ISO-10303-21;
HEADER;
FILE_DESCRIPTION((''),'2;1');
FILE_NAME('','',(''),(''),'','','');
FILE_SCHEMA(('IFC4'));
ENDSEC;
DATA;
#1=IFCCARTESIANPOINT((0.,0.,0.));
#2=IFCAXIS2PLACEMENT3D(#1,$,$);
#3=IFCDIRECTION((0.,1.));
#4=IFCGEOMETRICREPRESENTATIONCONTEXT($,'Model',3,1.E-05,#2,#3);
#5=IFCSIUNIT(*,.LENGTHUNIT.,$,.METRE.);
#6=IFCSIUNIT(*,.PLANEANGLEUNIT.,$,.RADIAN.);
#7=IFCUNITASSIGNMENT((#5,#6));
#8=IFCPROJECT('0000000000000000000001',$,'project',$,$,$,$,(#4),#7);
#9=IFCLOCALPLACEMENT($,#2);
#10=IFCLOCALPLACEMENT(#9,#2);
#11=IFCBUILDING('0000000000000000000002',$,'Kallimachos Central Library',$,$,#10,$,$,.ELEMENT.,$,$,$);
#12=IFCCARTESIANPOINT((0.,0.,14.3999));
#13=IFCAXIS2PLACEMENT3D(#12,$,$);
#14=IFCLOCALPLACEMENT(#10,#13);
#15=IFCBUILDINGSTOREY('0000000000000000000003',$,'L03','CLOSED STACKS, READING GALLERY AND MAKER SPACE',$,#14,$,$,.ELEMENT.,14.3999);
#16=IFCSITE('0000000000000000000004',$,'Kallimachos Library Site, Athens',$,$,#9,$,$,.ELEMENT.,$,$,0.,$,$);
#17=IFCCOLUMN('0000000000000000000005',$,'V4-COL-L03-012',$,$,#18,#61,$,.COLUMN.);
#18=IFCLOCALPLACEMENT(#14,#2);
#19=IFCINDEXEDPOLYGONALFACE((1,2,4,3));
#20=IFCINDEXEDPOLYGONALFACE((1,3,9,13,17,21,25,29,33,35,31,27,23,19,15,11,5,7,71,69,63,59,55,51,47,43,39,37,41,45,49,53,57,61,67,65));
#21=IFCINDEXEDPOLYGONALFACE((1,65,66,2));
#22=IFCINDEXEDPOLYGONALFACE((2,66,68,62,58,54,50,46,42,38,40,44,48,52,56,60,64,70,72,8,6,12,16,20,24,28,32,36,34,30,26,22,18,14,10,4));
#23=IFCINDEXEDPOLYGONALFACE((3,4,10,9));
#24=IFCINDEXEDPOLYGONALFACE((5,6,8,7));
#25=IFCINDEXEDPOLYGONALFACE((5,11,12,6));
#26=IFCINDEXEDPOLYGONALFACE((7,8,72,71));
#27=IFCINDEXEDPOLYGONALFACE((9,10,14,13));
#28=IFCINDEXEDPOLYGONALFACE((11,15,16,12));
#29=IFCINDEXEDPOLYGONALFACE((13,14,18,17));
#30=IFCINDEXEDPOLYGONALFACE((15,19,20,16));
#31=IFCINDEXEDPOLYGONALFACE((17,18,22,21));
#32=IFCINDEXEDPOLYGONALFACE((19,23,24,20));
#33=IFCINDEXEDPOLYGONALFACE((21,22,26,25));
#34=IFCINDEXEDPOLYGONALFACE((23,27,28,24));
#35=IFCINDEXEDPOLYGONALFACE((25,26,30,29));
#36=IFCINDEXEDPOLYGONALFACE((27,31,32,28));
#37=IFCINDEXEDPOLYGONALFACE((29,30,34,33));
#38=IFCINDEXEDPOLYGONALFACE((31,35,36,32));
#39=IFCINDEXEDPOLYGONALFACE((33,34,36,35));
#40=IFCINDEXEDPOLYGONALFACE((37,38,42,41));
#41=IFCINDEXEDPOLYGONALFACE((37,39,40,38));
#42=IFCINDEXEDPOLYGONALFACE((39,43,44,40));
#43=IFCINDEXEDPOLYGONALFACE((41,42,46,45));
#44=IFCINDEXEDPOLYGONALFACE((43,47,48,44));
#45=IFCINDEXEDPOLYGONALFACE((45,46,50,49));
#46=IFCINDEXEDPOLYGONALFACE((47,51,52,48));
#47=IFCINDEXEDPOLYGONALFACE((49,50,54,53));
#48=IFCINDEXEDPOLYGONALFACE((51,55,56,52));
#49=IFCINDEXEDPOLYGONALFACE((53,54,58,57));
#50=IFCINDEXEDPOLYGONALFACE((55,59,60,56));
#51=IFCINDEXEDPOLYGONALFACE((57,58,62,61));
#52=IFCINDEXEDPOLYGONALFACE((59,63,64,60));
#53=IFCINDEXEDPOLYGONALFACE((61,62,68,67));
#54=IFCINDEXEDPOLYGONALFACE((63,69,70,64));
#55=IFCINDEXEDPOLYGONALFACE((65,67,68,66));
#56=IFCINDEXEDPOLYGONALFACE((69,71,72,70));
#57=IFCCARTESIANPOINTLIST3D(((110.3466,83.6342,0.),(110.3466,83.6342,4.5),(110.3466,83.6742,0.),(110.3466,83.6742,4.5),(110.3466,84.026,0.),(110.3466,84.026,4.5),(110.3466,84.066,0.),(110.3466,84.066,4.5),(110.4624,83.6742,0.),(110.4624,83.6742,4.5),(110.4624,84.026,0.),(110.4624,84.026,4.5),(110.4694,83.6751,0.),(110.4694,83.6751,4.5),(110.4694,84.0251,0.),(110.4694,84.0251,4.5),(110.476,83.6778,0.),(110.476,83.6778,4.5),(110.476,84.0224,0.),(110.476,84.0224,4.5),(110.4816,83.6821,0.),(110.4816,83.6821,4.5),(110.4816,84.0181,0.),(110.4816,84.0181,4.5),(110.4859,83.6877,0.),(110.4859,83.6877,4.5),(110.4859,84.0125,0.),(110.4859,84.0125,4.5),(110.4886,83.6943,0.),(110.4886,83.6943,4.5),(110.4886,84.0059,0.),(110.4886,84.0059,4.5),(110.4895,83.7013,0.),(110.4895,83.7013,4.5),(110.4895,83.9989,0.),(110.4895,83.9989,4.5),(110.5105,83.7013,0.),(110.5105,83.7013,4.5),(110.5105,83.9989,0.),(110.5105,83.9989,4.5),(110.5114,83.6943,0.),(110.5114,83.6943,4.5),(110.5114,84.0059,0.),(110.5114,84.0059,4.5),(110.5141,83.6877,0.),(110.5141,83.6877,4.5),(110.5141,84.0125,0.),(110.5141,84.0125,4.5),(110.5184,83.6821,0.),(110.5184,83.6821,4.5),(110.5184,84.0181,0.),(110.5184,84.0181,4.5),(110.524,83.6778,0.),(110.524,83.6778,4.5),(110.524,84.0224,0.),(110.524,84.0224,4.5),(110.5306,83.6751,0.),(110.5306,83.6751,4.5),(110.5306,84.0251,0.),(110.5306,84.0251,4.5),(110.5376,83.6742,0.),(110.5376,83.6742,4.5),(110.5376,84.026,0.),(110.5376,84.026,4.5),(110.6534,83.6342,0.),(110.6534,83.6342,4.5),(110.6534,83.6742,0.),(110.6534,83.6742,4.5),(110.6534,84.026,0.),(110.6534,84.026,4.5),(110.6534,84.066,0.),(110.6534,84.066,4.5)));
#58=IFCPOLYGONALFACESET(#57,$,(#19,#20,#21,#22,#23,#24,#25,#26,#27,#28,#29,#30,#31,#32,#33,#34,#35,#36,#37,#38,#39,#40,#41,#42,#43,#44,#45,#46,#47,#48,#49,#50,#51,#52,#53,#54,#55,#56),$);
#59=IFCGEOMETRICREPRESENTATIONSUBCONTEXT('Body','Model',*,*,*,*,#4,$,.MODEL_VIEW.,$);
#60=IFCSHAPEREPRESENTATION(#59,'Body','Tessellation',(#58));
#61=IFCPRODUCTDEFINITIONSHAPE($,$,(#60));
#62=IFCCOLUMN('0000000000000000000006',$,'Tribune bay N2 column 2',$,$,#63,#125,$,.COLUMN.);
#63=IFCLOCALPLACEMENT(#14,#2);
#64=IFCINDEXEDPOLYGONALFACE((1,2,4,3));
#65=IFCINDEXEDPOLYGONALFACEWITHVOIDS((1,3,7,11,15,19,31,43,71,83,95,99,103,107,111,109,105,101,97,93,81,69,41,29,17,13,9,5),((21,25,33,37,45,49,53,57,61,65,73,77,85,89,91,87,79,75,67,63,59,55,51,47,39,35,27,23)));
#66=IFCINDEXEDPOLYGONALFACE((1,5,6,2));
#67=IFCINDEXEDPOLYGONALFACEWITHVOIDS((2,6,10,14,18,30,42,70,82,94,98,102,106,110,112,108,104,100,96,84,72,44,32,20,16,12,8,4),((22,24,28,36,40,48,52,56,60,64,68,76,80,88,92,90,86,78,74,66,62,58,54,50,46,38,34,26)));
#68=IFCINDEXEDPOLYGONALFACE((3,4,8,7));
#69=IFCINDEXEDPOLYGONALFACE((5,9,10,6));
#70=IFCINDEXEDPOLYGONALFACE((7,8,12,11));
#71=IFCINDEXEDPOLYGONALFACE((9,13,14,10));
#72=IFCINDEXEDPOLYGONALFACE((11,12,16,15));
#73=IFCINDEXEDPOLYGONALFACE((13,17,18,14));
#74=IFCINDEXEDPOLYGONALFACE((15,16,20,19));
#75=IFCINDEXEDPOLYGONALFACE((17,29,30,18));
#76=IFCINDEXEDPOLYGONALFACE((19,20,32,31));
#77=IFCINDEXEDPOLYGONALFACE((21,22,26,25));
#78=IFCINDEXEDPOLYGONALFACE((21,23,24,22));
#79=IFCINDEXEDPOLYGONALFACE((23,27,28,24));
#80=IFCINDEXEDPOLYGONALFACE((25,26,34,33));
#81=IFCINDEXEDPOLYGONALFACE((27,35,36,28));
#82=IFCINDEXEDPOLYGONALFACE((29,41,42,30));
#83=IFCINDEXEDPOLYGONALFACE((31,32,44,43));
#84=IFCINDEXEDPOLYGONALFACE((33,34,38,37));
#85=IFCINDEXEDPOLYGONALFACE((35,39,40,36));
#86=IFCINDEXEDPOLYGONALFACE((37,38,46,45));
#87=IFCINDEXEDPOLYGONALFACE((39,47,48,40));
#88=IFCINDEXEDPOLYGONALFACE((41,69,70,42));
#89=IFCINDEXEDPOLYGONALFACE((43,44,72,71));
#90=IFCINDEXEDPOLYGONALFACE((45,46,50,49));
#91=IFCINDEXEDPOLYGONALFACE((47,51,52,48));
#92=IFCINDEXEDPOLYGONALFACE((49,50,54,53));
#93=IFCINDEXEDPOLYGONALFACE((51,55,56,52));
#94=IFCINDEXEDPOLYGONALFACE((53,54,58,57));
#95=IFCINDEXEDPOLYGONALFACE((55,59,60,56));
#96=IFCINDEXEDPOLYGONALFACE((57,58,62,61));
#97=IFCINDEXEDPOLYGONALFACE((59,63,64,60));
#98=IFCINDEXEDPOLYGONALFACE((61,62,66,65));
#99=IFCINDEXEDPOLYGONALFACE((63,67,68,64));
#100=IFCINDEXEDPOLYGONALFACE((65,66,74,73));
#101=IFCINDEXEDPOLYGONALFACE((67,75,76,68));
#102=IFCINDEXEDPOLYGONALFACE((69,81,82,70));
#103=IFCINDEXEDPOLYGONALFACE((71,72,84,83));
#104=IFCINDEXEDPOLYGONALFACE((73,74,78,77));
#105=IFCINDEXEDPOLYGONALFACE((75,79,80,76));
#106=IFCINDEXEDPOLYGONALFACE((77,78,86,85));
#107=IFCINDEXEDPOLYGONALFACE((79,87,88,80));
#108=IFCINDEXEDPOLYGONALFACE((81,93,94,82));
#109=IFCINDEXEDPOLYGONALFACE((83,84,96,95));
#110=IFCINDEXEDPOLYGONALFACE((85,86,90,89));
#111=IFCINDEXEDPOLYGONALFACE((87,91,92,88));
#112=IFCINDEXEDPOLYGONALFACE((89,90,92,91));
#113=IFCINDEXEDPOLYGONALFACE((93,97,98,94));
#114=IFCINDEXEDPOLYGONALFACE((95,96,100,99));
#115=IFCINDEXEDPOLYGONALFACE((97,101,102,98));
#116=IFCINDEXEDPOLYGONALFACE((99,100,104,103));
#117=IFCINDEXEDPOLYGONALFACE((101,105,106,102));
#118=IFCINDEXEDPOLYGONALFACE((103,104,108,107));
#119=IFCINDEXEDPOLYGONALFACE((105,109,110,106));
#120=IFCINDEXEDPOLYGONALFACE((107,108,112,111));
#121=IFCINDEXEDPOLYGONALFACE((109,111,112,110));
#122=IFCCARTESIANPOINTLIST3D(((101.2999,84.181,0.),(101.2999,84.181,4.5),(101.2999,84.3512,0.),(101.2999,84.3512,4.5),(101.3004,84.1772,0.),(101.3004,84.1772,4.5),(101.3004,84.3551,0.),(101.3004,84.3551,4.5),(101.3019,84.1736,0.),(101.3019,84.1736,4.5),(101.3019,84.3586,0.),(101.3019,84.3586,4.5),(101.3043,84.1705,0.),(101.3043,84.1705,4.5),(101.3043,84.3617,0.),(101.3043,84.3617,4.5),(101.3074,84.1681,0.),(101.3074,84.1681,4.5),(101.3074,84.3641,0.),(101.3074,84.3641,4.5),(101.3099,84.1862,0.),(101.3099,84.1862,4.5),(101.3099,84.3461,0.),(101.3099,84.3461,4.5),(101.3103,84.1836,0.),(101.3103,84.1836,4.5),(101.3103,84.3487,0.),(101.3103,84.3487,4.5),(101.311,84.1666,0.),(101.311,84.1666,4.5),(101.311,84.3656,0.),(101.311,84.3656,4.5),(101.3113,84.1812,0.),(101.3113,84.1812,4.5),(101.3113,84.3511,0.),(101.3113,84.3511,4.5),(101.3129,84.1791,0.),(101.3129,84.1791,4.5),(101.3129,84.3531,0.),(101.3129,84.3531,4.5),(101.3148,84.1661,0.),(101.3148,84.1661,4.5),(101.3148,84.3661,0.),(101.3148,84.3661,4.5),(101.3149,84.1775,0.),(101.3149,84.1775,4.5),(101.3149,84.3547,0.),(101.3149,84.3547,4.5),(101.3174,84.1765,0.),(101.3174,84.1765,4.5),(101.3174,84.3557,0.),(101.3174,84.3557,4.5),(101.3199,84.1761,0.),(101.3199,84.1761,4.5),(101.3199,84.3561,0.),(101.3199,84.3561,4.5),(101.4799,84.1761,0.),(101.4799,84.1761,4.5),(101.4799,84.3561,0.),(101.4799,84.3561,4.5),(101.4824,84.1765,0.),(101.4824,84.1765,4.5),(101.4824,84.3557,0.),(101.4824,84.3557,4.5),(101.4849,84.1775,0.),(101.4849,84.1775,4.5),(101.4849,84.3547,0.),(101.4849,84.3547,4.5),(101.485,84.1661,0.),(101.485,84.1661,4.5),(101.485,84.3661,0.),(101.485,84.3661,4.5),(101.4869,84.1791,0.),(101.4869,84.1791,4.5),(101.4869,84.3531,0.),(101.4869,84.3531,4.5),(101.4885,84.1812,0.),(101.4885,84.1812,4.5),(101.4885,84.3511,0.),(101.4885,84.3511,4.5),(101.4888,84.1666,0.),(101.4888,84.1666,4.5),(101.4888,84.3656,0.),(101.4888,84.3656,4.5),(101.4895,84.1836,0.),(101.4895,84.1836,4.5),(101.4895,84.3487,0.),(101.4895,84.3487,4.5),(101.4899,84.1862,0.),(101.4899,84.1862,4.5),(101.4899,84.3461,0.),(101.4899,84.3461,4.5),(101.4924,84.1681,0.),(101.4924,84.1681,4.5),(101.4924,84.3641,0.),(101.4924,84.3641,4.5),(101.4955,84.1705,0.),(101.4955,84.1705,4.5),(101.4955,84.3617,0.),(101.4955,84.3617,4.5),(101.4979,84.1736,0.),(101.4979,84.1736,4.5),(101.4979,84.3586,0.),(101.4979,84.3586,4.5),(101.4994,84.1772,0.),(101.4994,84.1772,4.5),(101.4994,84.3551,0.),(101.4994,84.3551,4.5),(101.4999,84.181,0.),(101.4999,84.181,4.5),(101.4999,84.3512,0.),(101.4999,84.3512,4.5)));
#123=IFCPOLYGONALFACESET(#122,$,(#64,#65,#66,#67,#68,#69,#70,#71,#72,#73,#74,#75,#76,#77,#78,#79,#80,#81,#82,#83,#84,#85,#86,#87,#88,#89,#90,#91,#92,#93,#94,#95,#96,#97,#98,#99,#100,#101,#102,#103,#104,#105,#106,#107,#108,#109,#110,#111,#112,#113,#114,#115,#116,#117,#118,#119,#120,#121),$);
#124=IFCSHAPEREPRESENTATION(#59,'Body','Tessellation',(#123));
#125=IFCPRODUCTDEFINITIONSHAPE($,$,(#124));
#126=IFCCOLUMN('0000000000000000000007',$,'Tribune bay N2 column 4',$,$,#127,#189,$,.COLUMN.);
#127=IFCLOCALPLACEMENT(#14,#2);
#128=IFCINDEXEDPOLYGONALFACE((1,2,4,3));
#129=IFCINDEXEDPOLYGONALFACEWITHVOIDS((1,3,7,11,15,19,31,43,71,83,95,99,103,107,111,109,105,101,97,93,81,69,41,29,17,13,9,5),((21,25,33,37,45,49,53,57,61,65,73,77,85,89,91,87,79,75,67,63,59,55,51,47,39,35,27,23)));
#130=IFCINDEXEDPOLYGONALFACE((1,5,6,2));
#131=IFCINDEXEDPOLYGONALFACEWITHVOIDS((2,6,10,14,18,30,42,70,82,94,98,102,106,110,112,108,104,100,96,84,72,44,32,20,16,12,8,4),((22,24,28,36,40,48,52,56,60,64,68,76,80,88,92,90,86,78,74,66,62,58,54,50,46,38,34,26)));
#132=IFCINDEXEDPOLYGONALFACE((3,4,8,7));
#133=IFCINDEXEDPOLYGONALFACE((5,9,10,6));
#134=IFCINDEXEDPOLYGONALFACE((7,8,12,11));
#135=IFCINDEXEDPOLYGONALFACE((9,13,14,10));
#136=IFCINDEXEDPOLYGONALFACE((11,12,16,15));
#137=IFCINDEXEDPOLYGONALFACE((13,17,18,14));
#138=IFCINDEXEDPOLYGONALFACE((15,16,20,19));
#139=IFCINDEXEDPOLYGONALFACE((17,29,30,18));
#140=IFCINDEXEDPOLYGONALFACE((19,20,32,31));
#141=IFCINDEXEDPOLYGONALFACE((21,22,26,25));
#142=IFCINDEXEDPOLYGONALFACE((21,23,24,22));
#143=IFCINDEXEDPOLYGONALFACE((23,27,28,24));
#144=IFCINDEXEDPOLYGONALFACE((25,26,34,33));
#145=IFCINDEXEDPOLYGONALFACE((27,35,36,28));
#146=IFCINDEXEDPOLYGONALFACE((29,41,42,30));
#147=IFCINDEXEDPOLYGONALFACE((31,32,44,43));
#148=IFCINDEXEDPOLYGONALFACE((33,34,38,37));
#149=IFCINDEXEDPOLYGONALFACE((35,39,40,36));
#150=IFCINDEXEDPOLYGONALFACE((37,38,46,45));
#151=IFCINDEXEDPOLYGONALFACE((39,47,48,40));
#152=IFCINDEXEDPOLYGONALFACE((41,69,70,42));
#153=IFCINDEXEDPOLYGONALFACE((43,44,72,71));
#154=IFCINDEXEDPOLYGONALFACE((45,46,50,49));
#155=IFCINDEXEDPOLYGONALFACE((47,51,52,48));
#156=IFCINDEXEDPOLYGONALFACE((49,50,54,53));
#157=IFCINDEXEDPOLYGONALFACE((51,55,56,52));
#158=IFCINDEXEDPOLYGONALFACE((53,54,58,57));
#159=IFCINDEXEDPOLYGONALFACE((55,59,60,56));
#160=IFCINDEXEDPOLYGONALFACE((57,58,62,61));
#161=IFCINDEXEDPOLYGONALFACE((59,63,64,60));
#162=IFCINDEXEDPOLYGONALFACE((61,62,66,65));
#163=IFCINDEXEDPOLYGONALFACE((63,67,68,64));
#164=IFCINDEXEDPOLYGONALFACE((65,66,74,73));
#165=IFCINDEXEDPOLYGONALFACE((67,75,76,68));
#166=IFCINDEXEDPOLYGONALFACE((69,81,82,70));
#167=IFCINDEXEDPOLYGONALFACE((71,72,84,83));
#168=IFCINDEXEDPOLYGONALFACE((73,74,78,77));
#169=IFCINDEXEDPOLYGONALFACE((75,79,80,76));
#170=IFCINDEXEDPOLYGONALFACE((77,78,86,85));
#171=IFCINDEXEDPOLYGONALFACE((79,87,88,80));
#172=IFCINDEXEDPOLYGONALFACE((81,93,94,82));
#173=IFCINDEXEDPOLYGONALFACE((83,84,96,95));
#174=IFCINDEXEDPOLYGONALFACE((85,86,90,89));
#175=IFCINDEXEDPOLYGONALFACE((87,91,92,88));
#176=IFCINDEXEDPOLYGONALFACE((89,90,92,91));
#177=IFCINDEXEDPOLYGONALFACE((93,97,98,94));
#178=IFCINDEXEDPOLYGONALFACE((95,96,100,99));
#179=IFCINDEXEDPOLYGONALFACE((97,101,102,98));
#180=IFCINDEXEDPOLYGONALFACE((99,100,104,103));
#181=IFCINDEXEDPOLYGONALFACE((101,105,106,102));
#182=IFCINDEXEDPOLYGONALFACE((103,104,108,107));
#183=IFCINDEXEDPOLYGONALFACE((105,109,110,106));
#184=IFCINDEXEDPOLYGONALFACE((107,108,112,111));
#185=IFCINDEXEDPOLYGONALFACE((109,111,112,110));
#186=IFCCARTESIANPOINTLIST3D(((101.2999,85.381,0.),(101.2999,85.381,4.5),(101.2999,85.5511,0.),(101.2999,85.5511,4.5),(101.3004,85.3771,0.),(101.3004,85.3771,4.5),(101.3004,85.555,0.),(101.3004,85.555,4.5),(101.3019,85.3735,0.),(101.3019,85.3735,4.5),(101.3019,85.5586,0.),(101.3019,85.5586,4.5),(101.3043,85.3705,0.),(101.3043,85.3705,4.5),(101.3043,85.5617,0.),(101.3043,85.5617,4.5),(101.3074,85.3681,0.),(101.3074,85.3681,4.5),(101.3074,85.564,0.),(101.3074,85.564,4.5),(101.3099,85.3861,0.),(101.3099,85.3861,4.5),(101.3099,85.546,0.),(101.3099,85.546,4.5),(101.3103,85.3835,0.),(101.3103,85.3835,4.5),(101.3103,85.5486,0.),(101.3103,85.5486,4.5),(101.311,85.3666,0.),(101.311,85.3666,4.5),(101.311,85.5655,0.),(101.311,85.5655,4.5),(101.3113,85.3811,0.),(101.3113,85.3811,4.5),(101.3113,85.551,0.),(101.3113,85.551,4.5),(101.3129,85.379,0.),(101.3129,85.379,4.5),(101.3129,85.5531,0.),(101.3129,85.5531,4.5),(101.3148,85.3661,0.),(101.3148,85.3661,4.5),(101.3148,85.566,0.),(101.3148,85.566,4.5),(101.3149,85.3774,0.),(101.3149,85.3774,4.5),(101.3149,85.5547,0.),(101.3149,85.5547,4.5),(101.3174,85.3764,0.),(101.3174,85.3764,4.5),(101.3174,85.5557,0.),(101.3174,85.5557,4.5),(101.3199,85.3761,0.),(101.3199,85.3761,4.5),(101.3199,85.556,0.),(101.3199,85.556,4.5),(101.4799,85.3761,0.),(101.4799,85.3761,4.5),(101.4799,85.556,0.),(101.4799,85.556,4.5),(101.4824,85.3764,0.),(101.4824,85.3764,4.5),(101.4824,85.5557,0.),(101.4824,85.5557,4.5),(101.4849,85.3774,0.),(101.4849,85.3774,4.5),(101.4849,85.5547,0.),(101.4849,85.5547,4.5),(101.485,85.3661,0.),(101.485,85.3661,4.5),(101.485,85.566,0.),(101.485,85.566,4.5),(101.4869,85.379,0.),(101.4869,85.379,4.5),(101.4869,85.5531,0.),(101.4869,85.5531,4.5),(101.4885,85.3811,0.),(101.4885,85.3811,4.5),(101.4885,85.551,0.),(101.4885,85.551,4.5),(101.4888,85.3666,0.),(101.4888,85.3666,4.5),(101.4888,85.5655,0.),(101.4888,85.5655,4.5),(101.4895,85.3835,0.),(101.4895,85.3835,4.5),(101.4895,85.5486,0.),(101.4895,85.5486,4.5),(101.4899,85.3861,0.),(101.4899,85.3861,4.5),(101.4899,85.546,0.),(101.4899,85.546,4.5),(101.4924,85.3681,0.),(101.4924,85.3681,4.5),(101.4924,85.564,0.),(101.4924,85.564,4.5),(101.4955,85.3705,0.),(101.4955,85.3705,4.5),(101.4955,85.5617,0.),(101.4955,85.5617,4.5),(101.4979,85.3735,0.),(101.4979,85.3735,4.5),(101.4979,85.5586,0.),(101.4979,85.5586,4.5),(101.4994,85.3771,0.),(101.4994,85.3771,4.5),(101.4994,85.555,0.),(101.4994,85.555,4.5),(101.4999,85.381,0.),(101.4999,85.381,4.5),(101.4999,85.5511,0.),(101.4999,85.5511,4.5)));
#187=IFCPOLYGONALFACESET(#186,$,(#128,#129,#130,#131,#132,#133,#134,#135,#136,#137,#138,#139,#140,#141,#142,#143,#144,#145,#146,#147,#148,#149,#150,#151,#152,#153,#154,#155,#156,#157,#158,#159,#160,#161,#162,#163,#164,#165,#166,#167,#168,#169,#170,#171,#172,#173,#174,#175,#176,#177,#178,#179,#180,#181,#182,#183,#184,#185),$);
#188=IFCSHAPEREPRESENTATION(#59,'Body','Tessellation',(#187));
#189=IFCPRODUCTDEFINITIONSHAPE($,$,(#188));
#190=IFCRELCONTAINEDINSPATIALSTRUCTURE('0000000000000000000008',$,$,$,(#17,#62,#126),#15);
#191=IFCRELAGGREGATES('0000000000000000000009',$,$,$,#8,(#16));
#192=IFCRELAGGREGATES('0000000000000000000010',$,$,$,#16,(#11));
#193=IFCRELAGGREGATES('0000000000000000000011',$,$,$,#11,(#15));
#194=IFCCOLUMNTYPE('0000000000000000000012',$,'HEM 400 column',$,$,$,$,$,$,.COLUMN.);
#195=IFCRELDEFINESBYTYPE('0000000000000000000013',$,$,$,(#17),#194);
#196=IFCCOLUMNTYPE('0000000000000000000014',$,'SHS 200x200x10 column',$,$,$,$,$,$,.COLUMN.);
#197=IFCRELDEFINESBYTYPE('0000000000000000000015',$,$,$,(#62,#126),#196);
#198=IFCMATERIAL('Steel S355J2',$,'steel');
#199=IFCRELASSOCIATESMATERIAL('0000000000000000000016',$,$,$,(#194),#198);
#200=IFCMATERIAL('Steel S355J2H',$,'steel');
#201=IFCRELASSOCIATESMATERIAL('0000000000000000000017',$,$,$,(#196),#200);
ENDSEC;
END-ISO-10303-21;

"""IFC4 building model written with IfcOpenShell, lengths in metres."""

from ifc_helpers import new_model, si_unit, direction, frame, origin, origin_2d, place, context, subcontext, project, spatial, hollow_rectangle, i_section, extrude, material, material_profile, profile_set, type_object, element, save


model = new_model("IFC4")

# Units and contexts
model_context = context("Model", 3, precision=1e-05, world=origin(), true_north=direction((0.0, 1.0)))
body_context = subcontext(model_context, "Body", "Model", "MODEL_VIEW")
ifc_project = project(units=[si_unit("LENGTHUNIT", "METRE"), si_unit("PLANEANGLEUNIT", "RADIAN")], contexts=[model_context])

# Site, building, storey
site_placement = place(None, origin())
site = spatial("IfcSite", under=ifc_project, at=site_placement, Name="Kallimachos Library Site, Athens", CompositionType="ELEMENT", RefElevation=0.0)
building_placement = place(site_placement, origin())
building = spatial("IfcBuilding", under=site, at=building_placement, Name="Kallimachos Central Library", CompositionType="ELEMENT")
storey_placement = place(building_placement, frame((0.0, 0.0, 14.3999)))
storey = spatial("IfcBuildingStorey", under=building, at=storey_placement, Name="L03", Description="CLOSED STACKS, READING GALLERY AND MAKER SPACE", CompositionType="ELEMENT", Elevation=14.3999)

# Columns
ifc_material_1 = material(Name="Steel S355J2", Category="steel")
ifc_material_profile_1 = material_profile(ifc_material_1, i_section(OverallWidth=0.3069, OverallDepth=0.4319, WebThickness=0.021, FlangeThickness=0.04, FilletRadius=0.0271, at=origin_2d()), Name="HEM 400")
ifc_profile_set_1 = profile_set([ifc_material_profile_1], Name="Steel S355J2")
column_type_1 = type_object("IfcColumnType", Name="HEM 400 column", PredefinedType="COLUMN", material=ifc_profile_set_1)
column_placement = place(storey_placement, frame((110.5, 83.8501, 0.0), z_axis=(0.0, 0.0, 1.0), x_axis=(1.0, 0.0, 0.0)))
element("IfcColumn", 1, at=column_placement, inside=storey, type_object=column_type_1, Name="V4-COL-L03-012", PredefinedType="COLUMN", context=body_context, shape_type="SweptSolid", body=[
    extrude(i_section(OverallWidth=0.3069, OverallDepth=0.4319, WebThickness=0.021, FlangeThickness=0.04, FilletRadius=0.0271, at=origin_2d()), origin(), (0.0, 0.0, 1.0), 4.5),
])
ifc_material_2 = material(Name="Steel S355J2H", Category="steel")
ifc_material_profile_2 = material_profile(ifc_material_2, hollow_rectangle(XDim=0.2, YDim=0.2, WallThickness=0.01, InnerFilletRadius=0.01, OuterFilletRadius=0.0149, at=origin_2d()), Name="SHS 200x200x10")
ifc_profile_set_2 = profile_set([ifc_material_profile_2], Name="Steel S355J2H")
column_type_2 = type_object("IfcColumnType", Name="SHS 200x200x10 column", PredefinedType="COLUMN", material=ifc_profile_set_2)
for number, where, z_axis, x_axis, name in (
    (2, (101.3999, 84.2661, 0.0), (0.0, 0.0, 1.0), (1.0, 0.0, 0.0), "Tribune bay N2 column 2"),
    (3, (101.3999, 85.4661, 0.0), (0.0, 0.0, 1.0), (1.0, 0.0, 0.0), "Tribune bay N2 column 4"),
):
    element("IfcColumn", number, at=place(storey_placement, frame(where, z_axis=z_axis, x_axis=x_axis)), inside=storey, type_object=column_type_2, Name=name, PredefinedType="COLUMN", context=body_context, shape_type="SweptSolid", body=[
        extrude(hollow_rectangle(XDim=0.2, YDim=0.2, WallThickness=0.01, InnerFilletRadius=0.01, OuterFilletRadius=0.0149, at=origin_2d()), origin(), (0.0, 0.0, 1.0), 4.5),
    ])

save(model, "model.ifc")
